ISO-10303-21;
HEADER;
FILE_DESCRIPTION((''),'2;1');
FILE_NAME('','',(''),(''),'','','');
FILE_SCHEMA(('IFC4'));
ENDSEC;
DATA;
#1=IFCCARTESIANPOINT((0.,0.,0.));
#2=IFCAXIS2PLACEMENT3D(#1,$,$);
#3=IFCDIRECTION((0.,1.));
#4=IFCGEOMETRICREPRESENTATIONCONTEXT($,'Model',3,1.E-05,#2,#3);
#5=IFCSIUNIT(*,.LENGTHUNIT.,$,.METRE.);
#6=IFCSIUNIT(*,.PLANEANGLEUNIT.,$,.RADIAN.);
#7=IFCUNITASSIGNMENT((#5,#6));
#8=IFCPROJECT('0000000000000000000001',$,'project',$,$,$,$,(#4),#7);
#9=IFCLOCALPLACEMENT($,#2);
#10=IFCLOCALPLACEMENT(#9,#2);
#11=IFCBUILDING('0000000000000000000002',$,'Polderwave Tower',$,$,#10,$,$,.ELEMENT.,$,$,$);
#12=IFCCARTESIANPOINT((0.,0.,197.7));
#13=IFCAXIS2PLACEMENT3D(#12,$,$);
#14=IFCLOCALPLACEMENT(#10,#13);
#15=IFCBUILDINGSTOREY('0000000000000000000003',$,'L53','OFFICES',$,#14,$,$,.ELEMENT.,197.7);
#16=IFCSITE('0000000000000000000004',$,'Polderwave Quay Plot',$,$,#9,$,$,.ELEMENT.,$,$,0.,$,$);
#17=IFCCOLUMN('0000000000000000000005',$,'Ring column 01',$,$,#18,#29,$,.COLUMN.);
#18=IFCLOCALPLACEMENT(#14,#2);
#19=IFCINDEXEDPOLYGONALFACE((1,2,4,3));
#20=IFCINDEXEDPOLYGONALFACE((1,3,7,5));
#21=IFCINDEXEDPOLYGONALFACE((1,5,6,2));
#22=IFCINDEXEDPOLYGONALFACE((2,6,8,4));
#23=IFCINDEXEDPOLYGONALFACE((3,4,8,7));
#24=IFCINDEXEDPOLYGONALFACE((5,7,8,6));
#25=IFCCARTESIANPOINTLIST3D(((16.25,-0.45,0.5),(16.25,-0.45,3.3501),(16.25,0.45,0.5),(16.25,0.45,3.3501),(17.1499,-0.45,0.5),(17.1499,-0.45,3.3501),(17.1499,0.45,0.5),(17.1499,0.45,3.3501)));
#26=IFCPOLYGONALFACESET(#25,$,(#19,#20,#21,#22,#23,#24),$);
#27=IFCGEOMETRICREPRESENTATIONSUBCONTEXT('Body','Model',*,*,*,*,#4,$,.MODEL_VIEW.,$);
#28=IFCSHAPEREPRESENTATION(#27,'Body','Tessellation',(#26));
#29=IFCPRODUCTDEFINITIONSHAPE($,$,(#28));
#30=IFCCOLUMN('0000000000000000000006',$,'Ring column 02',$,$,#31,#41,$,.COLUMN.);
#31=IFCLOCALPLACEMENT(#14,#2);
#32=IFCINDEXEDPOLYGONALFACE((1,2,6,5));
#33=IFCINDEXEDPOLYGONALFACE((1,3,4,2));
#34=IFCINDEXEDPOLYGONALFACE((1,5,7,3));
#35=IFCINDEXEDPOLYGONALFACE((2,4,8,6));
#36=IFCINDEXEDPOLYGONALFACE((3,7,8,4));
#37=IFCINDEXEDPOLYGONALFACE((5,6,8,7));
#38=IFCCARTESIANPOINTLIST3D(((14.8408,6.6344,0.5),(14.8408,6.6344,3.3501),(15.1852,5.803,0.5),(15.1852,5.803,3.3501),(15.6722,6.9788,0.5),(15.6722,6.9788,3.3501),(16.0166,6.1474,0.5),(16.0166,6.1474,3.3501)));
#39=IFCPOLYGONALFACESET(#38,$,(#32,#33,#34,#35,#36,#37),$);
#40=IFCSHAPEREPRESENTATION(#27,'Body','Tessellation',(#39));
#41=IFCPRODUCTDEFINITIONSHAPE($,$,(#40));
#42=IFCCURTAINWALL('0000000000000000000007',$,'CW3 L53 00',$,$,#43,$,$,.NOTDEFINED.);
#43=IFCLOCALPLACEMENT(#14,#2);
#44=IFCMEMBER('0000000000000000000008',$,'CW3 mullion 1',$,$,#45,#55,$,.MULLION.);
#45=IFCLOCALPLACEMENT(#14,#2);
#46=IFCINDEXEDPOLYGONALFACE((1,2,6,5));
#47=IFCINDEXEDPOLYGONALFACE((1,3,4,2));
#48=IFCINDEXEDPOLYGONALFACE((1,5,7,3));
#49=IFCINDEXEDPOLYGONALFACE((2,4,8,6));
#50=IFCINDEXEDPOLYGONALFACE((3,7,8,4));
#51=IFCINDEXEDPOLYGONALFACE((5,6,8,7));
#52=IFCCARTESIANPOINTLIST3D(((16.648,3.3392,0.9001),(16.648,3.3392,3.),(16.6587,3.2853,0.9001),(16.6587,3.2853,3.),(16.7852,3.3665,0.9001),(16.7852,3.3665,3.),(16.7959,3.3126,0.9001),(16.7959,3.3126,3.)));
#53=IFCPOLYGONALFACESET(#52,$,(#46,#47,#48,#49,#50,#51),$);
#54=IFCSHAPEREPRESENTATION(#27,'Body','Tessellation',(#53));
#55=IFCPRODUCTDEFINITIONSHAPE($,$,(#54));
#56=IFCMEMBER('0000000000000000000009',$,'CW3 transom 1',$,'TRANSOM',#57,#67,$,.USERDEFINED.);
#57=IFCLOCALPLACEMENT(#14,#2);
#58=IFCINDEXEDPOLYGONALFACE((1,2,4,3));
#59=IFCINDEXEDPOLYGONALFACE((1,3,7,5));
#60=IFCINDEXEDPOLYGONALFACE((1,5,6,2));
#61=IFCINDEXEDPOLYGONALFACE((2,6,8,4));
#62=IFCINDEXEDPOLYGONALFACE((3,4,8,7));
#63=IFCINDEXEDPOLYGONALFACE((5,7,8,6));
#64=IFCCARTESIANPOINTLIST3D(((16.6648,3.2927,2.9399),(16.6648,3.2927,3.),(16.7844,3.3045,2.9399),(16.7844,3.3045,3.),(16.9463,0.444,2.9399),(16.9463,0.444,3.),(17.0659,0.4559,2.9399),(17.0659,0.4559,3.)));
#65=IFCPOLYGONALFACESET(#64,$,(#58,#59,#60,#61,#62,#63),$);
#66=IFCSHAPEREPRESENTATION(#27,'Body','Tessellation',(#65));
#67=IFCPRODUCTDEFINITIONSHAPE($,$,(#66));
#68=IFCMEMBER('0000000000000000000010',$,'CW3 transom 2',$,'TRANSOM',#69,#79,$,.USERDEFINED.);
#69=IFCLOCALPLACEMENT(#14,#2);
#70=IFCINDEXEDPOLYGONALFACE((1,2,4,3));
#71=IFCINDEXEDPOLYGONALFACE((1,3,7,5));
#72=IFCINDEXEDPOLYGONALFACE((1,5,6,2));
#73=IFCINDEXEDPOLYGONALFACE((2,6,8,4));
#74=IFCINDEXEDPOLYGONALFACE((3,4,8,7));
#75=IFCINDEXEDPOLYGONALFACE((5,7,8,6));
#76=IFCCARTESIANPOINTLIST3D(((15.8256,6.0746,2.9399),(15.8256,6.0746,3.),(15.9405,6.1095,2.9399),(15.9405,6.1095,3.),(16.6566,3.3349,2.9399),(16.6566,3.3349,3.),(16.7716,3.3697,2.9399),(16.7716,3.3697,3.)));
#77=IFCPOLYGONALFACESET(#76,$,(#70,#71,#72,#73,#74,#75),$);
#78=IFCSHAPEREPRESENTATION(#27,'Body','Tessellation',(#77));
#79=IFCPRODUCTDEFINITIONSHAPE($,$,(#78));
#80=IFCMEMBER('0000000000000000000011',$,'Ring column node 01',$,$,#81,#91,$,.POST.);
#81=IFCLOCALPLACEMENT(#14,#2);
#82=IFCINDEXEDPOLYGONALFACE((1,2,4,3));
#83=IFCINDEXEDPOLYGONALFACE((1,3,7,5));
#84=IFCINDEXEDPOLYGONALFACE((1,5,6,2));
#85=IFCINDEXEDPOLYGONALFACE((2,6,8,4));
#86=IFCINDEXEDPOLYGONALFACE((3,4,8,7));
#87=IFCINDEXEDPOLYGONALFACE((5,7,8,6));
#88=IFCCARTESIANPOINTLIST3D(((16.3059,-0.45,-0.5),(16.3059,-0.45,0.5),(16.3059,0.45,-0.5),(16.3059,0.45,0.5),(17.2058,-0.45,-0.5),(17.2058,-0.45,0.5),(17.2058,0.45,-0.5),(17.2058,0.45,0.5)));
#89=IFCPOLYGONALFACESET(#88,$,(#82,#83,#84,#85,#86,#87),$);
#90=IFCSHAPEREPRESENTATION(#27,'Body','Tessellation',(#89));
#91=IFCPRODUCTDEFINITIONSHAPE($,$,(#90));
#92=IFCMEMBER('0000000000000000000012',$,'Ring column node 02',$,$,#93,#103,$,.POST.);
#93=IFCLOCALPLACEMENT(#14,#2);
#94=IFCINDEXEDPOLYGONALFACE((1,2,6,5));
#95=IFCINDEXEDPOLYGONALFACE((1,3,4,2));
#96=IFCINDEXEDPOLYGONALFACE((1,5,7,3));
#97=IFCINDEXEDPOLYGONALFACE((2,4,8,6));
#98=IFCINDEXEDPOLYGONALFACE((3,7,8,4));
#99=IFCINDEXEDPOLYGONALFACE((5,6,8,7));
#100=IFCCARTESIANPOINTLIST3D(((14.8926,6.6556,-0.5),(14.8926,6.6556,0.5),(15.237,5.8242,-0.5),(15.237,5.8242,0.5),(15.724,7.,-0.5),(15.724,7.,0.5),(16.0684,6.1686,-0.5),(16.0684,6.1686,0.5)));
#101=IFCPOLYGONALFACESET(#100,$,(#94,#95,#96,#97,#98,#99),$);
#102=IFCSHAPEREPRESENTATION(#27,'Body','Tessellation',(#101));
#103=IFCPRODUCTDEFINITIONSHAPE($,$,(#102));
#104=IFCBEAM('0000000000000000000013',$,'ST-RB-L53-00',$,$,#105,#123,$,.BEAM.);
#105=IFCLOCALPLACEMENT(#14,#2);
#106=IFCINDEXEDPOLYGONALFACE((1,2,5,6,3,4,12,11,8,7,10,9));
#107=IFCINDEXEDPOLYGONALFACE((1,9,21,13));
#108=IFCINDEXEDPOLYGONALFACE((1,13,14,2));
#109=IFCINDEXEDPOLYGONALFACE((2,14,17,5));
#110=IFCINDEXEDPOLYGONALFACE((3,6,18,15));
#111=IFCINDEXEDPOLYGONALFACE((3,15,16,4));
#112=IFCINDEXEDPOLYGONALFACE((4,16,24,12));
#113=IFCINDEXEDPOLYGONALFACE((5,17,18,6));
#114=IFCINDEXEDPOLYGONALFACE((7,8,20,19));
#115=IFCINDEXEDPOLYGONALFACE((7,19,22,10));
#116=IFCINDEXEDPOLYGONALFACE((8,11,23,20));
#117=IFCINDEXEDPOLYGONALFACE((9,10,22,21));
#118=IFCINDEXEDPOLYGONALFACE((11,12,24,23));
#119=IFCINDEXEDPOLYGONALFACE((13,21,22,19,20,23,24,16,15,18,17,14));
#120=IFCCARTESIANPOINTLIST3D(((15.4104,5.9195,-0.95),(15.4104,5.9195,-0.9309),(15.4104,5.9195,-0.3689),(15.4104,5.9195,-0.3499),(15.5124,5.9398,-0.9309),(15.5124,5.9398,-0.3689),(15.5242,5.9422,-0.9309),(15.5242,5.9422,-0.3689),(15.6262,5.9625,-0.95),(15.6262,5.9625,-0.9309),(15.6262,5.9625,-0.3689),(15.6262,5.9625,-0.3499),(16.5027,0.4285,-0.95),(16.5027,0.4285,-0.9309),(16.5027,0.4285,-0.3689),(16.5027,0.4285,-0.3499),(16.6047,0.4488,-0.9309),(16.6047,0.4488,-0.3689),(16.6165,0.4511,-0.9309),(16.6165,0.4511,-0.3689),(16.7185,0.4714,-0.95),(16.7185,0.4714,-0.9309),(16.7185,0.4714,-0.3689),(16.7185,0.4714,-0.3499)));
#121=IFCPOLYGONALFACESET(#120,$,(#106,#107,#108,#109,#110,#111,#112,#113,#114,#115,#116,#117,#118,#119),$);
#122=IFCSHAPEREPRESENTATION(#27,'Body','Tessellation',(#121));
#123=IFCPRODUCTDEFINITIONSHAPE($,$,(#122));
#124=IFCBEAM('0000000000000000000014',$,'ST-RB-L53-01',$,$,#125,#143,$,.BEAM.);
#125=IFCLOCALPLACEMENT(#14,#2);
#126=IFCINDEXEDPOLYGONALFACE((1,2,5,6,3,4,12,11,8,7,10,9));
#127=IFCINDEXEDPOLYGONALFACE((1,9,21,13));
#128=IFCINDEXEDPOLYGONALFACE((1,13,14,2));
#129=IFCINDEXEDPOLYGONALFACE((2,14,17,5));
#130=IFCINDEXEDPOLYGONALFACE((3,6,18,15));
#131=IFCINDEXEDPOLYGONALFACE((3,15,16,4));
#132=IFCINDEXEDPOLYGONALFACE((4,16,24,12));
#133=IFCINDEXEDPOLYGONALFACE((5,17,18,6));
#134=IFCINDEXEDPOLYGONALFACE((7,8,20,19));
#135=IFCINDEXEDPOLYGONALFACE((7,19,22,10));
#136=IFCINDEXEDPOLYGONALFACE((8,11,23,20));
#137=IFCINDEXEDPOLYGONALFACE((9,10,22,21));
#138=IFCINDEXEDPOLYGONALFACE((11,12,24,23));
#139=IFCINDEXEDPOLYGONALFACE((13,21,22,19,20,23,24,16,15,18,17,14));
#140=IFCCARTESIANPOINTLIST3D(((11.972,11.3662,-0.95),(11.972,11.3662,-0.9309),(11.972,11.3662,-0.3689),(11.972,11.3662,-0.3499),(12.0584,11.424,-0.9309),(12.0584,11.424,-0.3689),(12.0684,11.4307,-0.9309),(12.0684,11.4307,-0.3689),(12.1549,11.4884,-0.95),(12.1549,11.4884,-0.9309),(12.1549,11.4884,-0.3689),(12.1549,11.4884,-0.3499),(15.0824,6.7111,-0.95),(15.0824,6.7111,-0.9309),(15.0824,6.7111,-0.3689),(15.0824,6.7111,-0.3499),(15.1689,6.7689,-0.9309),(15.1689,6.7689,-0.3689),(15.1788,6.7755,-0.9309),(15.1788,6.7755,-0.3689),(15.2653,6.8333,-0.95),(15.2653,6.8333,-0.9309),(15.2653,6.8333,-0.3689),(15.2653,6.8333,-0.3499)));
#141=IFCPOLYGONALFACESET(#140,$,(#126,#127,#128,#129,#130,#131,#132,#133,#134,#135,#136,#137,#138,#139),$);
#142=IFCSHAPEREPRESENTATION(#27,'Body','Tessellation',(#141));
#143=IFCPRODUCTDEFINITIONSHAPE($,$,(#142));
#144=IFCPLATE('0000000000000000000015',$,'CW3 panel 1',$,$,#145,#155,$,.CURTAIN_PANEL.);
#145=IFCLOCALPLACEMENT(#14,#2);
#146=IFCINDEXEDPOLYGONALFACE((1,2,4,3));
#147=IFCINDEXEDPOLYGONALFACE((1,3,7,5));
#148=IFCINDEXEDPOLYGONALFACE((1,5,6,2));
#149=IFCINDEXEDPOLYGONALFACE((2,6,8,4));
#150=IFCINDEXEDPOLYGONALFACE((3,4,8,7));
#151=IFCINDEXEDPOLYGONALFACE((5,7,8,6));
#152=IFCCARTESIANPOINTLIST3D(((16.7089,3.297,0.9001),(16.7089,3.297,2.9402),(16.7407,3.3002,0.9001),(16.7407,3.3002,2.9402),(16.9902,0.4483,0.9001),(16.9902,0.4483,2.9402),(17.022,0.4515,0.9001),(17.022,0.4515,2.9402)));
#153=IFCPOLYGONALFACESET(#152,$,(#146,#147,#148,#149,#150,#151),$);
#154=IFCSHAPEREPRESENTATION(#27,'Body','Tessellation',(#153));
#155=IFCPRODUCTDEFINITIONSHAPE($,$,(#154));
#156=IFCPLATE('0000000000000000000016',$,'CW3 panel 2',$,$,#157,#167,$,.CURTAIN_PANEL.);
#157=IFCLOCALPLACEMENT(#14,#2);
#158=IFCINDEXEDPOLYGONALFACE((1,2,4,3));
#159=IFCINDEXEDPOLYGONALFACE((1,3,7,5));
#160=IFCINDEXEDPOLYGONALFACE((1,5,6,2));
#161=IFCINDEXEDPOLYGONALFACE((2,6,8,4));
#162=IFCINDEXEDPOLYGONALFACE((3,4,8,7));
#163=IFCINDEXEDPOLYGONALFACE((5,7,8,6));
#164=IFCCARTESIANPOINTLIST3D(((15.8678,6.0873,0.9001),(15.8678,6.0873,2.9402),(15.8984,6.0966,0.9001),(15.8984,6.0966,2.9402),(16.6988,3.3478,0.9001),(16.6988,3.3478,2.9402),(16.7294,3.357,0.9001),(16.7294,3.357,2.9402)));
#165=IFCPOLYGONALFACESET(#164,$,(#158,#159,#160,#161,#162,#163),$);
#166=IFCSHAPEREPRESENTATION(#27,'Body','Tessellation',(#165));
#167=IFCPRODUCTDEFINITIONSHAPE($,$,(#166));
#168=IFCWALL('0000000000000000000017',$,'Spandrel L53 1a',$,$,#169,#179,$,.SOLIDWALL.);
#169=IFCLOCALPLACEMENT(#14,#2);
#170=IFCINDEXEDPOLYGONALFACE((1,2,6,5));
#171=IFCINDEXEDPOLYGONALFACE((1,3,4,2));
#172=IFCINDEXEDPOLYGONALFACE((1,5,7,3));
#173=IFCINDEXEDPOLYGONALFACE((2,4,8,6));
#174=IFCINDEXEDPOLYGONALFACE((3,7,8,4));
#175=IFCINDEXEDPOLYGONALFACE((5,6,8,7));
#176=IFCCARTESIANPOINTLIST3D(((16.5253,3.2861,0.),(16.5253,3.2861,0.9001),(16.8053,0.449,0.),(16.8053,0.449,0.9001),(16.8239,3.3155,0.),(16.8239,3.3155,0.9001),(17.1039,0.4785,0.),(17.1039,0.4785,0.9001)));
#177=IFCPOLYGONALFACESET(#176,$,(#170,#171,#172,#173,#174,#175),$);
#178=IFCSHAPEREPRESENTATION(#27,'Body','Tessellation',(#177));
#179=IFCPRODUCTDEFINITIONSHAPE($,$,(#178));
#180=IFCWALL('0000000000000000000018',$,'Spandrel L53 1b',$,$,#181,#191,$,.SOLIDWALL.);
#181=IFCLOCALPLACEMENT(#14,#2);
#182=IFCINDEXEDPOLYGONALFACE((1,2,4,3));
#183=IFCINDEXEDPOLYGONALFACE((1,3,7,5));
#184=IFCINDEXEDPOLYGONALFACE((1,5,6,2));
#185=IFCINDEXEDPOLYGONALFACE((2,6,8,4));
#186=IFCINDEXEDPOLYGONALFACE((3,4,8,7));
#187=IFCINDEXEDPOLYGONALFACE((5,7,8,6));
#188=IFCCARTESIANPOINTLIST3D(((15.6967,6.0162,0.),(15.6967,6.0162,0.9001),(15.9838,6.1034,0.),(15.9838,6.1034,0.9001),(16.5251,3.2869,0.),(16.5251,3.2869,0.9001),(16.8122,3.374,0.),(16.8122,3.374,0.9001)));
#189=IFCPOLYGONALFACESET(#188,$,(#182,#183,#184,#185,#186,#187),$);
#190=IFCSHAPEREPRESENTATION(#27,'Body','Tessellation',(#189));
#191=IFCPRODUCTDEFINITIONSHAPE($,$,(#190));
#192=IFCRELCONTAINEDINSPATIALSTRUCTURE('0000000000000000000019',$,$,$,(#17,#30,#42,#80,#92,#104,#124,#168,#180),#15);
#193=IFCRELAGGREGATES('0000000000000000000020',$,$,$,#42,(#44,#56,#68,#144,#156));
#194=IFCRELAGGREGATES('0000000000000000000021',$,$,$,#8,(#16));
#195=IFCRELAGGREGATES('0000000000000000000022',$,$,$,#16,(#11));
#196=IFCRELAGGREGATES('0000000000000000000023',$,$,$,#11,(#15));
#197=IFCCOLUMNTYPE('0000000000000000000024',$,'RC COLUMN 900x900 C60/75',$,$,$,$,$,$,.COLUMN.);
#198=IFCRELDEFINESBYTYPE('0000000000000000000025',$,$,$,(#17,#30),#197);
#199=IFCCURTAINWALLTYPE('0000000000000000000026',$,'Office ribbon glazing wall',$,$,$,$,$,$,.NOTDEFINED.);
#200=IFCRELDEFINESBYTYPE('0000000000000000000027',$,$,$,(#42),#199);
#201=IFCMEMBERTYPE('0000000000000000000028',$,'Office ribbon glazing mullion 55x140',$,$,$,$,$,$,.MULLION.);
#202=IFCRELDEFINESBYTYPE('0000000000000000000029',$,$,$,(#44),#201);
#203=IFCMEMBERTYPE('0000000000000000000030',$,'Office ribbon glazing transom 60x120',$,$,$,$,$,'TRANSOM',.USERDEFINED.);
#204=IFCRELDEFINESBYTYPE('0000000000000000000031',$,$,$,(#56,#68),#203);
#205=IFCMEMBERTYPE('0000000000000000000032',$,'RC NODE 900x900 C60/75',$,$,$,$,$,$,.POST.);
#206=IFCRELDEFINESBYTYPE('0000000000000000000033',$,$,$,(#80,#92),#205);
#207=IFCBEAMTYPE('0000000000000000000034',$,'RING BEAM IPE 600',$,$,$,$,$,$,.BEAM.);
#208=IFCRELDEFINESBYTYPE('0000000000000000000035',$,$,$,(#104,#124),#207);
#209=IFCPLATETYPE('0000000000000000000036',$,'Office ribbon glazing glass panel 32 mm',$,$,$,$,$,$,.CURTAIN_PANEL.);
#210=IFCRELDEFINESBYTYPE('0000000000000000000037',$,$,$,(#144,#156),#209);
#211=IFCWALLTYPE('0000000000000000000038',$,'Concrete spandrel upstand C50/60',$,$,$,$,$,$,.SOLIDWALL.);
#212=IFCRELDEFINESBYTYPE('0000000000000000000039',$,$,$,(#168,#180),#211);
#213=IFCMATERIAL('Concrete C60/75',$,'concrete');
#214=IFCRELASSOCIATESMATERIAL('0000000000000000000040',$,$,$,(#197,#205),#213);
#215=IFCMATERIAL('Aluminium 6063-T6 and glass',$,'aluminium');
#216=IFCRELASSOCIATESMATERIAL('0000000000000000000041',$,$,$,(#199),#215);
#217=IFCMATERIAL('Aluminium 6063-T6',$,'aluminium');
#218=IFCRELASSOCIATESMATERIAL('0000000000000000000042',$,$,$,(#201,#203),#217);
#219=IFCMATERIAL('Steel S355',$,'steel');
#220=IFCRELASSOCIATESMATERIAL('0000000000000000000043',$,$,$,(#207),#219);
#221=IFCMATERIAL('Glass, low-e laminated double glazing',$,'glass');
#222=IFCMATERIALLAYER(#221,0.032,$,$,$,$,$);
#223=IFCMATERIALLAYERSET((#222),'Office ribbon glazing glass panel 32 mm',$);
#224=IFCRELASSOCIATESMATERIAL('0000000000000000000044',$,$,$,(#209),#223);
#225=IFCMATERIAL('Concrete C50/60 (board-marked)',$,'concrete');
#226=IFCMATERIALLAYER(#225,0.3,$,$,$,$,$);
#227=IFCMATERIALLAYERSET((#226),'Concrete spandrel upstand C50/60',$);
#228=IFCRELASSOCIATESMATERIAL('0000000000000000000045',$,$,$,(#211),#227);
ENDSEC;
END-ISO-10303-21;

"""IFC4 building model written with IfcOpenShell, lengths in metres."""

from ifc_helpers import new_model, si_unit, direction, frame, frame_2d, origin, origin_2d, place, context, subcontext, project, spatial, rectangle, i_section, extrude, material, layer, layer_set, material_profile, profile_set, type_object, element, aggregate, save


model = new_model("IFC4")

# Units and contexts
model_context = context("Model", 3, precision=1e-05, world=origin(), true_north=direction((0.0, 1.0)))
body_context = subcontext(model_context, "Body", "Model", "MODEL_VIEW")
ifc_project = project(units=[si_unit("LENGTHUNIT", "METRE"), si_unit("PLANEANGLEUNIT", "RADIAN")], contexts=[model_context])

# Site, building, storey
site_placement = place(None, origin())
site = spatial("IfcSite", under=ifc_project, at=site_placement, Name="Polderwave Quay Plot", CompositionType="ELEMENT", RefElevation=0.0)
building_placement = place(site_placement, origin())
building = spatial("IfcBuilding", under=site, at=building_placement, Name="Polderwave Tower", CompositionType="ELEMENT")
storey_placement = place(building_placement, frame((0.0, 0.0, 197.7)))
storey = spatial("IfcBuildingStorey", under=building, at=storey_placement, Name="L53", Description="OFFICES", CompositionType="ELEMENT", Elevation=197.7)

# Columns
ifc_material_1 = material(Name="Concrete C60/75", Category="concrete")
ifc_material_profile_1 = material_profile(ifc_material_1, rectangle(XDim=0.8999, YDim=0.8999, at=origin_2d()), Name="RC 900x900")
ifc_profile_set_1 = profile_set([ifc_material_profile_1], Name="Concrete C60/75")
column_type = type_object("IfcColumnType", Name="RC COLUMN 900x900 C60/75", PredefinedType="COLUMN", material=ifc_profile_set_1)
for number, where, z_axis, x_axis, name in (
    (1, (16.7, 0.0, 0.5), (0.0, 0.0, 1.0), (1.0, 0.0, 0.0), "Ring column 01"),
    (2, (15.4287, 6.3909, 0.5), (0.0, 0.0, 1.0), (0.92388, 0.382683, 0.0), "Ring column 02"),
):
    element("IfcColumn", number, at=place(storey_placement, frame(where, z_axis=z_axis, x_axis=x_axis)), inside=storey, type_object=column_type, Name=name, PredefinedType="COLUMN", context=body_context, shape_type="SweptSolid", body=[
        extrude(rectangle(XDim=0.8999, YDim=0.8999, at=origin_2d()), origin(), (0.0, 0.0, 1.0), 2.8501),
    ])

# Curtain wall, members
ifc_material_2 = material(Name="Aluminium 6063-T6 and glass", Category="aluminium")
curtain_wall_type = type_object("IfcCurtainWallType", Name="Office ribbon glazing wall", PredefinedType="NOTDEFINED", material=ifc_material_2)
curtain_wall_placement = place(storey_placement, origin())
curtain_wall = element("IfcCurtainWall", 3, at=curtain_wall_placement, inside=storey, type_object=curtain_wall_type, Name="CW3 L53 00", PredefinedType="NOTDEFINED")
ifc_material_3 = material(Name="Aluminium 6063-T6", Category="aluminium")
ifc_material_profile_2 = material_profile(ifc_material_3, rectangle(XDim=0.1399, YDim=0.0549, at=origin_2d()), Name="AL 55x140")
ifc_profile_set_2 = profile_set([ifc_material_profile_2], Name="Aluminium 6063-T6")
member_type_1 = type_object("IfcMemberType", Name="Office ribbon glazing mullion 55x140", PredefinedType="MULLION", material=ifc_profile_set_2)
member_1_placement = place(storey_placement, frame((16.7219, 3.3259, 0.9001), z_axis=(0.0, 0.0, 1.0), x_axis=(-0.980762, -0.195205, 0.0)))
member_1 = element("IfcMember", 4, at=member_1_placement, type_object=member_type_1, Name="CW3 mullion 1", PredefinedType="MULLION", context=body_context, shape_type="SweptSolid", body=[
    extrude(rectangle(XDim=0.1399, YDim=0.0549, at=origin_2d()), origin(), (0.0, 0.0, 1.0), 2.0999),
])
ifc_material_profile_3 = material_profile(ifc_material_3, rectangle(XDim=0.1201, YDim=0.0601, at=origin_2d()), Name="AL 60x120")
ifc_profile_set_3 = profile_set([ifc_material_profile_3], Name="Aluminium 6063-T6")
member_type_2 = type_object("IfcMemberType", Name="Office ribbon glazing transom 60x120", ElementType="TRANSOM", PredefinedType="USERDEFINED", material=ifc_profile_set_3)
member_2_placement = place(storey_placement, frame((17.0061, 0.45, 2.97), z_axis=(-0.098338, 0.995153, 0.0), x_axis=(-0.995153, -0.098338, 0.0)))
member_2 = element("IfcMember", 5, at=member_2_placement, type_object=member_type_2, Name="CW3 transom 1", ObjectType="TRANSOM", PredefinedType="USERDEFINED", context=body_context, shape_type="SweptSolid", body=[
    extrude(rectangle(XDim=0.1201, YDim=0.0601, at=origin_2d()), origin(), (0.0, 0.0, 1.0), 2.8625),
])
member_3_placement = place(storey_placement, frame((16.7141, 3.3523, 2.97), z_axis=(-0.290272, 0.956944, 0.0), x_axis=(-0.956944, -0.290272, 0.0)))
member_3 = element("IfcMember", 6, at=member_3_placement, type_object=member_type_2, Name="CW3 transom 2", ObjectType="TRANSOM", PredefinedType="USERDEFINED", context=body_context, shape_type="SweptSolid", body=[
    extrude(rectangle(XDim=0.1201, YDim=0.0601, at=origin_2d()), origin(), (0.0, 0.0, 1.0), 2.863),
])

# Members
ifc_material_profile_4 = material_profile(ifc_material_1, rectangle(XDim=0.8999, YDim=0.8999, at=origin_2d()), Name="RC 900x900")
ifc_profile_set_4 = profile_set([ifc_material_profile_4], Name="Concrete C60/75")
member_type_3 = type_object("IfcMemberType", Name="RC NODE 900x900 C60/75", PredefinedType="POST", material=ifc_profile_set_4)
for number, where, z_axis, x_axis, name in (
    (7, (16.7559, 0.0, -0.5), (0.0, 0.0, 1.0), (1.0, 0.0, 0.0), "Ring column node 01"),
    (8, (15.4805, 6.4121, -0.5), (0.0, 0.0, 1.0), (0.92388, 0.382683, 0.0), "Ring column node 02"),
):
    element("IfcMember", number, at=place(storey_placement, frame(where, z_axis=z_axis, x_axis=x_axis)), inside=storey, type_object=member_type_3, Name=name, PredefinedType="POST", context=body_context, shape_type="SweptSolid", body=[
        extrude(rectangle(XDim=0.8999, YDim=0.8999, at=origin_2d()), origin(), (0.0, 0.0, 1.0), 1.0),
    ])

# Beams
ifc_material_4 = material(Name="Steel S355", Category="steel")
ifc_material_profile_5 = material_profile(ifc_material_4, i_section(OverallWidth=0.22, OverallDepth=0.6001, WebThickness=0.012, FlangeThickness=0.019, at=origin_2d()), Name="IPE 600")
ifc_profile_set_5 = profile_set([ifc_material_profile_5], Name="Steel S355")
beam_type = type_object("IfcBeamType", Name="RING BEAM IPE 600", PredefinedType="BEAM", material=ifc_profile_set_5)
for number, where, z_axis, x_axis, name in (
    (9, (16.6106, 0.45, -0.6499), (-0.195101, 0.980783, 0.0), (-0.980783, -0.195101, 0.0), "ST-RB-L53-00"),
    (10, (15.1738, 6.7722, -0.6499), (-0.555565, 0.831473, 0.0), (-0.831473, -0.555565, 0.0), "ST-RB-L53-01"),
):
    element("IfcBeam", number, at=place(storey_placement, frame(where, z_axis=z_axis, x_axis=x_axis)), inside=storey, type_object=beam_type, Name=name, PredefinedType="BEAM", context=body_context, shape_type="SweptSolid", body=[
        extrude(i_section(OverallWidth=0.22, OverallDepth=0.6001, WebThickness=0.012, FlangeThickness=0.019, at=origin_2d()), origin(), (0.0, 0.0, 1.0), 5.5986),
    ])

# Plates
ifc_material_5 = material(Name="Glass, low-e laminated double glazing", Category="glass")
ifc_layer_1 = layer(ifc_material_5, 0.032)
ifc_layer_set_1 = layer_set([ifc_layer_1], Name="Office ribbon glazing glass panel 32 mm")
plate_type = type_object("IfcPlateType", Name="Office ribbon glazing glass panel 32 mm", PredefinedType="CURTAIN_PANEL", material=ifc_layer_set_1)
plate_1_placement = place(storey_placement, frame((16.8655, 1.8743, 0.9001), z_axis=(0.0, 0.0, 1.0), x_axis=(-0.098271, 0.99516, 0.0)))
plate_1 = element("IfcPlate", 11, at=plate_1_placement, type_object=plate_type, Name="CW3 panel 1", PredefinedType="CURTAIN_PANEL", context=body_context, shape_type="SweptSolid", body=[
    extrude(rectangle(XDim=2.8625, YDim=0.032, at=origin_2d()), origin(), (0.0, 0.0, 1.0), 2.04),
])
plate_2_placement = place(storey_placement, frame((16.2986, 4.7222, 0.9001), z_axis=(0.0, 0.0, 1.0), x_axis=(-0.290266, 0.956946, 0.0)))
plate_2 = element("IfcPlate", 12, at=plate_2_placement, type_object=plate_type, Name="CW3 panel 2", PredefinedType="CURTAIN_PANEL", context=body_context, shape_type="SweptSolid", body=[
    extrude(rectangle(XDim=2.8628, YDim=0.032, at=origin_2d()), origin(), (0.0, 0.0, 1.0), 2.04),
])
aggregate(curtain_wall, [member_1, member_2, member_3, plate_1, plate_2])

# Walls
ifc_material_6 = material(Name="Concrete C50/60 (board-marked)", Category="concrete")
ifc_layer_2 = layer(ifc_material_6, 0.3)
ifc_layer_set_2 = layer_set([ifc_layer_2], Name="Concrete spandrel upstand C50/60")
wall_type_1 = type_object("IfcWallType", Name="Concrete spandrel upstand C50/60", PredefinedType="SOLIDWALL", material=ifc_layer_set_2)
wall_1_placement = place(storey_placement, frame((16.9546, 0.4639, 0.0), z_axis=(0.0, 0.0, 1.0), x_axis=(-0.098223, 0.995164, 0.0)))
element("IfcWall", 13, at=wall_1_placement, inside=storey, type_object=wall_type_1, Name="Spandrel L53 1a", PredefinedType="SOLIDWALL", context=body_context, shape_type="SweptSolid", body=[
    extrude(rectangle(XDim=2.8508, YDim=0.3, at=frame_2d((1.4253, 0.0))), origin(), (0.0, 0.0, 1.0), 0.9001),
])
wall_2_placement = place(storey_placement, frame((16.6687, 3.3303, 0.0), z_axis=(0.0, 0.0, 1.0), x_axis=(-0.290433, 0.956895, 0.0)))
element("IfcWall", 14, at=wall_2_placement, inside=storey, type_object=wall_type_1, Name="Spandrel L53 1b", PredefinedType="SOLIDWALL", context=body_context, shape_type="SweptSolid", body=[
    extrude(rectangle(XDim=2.8523, YDim=0.3, at=frame_2d((1.4263, 0.0))), origin(), (0.0, 0.0, 1.0), 0.9001),
])

save(model, "model.ifc")
